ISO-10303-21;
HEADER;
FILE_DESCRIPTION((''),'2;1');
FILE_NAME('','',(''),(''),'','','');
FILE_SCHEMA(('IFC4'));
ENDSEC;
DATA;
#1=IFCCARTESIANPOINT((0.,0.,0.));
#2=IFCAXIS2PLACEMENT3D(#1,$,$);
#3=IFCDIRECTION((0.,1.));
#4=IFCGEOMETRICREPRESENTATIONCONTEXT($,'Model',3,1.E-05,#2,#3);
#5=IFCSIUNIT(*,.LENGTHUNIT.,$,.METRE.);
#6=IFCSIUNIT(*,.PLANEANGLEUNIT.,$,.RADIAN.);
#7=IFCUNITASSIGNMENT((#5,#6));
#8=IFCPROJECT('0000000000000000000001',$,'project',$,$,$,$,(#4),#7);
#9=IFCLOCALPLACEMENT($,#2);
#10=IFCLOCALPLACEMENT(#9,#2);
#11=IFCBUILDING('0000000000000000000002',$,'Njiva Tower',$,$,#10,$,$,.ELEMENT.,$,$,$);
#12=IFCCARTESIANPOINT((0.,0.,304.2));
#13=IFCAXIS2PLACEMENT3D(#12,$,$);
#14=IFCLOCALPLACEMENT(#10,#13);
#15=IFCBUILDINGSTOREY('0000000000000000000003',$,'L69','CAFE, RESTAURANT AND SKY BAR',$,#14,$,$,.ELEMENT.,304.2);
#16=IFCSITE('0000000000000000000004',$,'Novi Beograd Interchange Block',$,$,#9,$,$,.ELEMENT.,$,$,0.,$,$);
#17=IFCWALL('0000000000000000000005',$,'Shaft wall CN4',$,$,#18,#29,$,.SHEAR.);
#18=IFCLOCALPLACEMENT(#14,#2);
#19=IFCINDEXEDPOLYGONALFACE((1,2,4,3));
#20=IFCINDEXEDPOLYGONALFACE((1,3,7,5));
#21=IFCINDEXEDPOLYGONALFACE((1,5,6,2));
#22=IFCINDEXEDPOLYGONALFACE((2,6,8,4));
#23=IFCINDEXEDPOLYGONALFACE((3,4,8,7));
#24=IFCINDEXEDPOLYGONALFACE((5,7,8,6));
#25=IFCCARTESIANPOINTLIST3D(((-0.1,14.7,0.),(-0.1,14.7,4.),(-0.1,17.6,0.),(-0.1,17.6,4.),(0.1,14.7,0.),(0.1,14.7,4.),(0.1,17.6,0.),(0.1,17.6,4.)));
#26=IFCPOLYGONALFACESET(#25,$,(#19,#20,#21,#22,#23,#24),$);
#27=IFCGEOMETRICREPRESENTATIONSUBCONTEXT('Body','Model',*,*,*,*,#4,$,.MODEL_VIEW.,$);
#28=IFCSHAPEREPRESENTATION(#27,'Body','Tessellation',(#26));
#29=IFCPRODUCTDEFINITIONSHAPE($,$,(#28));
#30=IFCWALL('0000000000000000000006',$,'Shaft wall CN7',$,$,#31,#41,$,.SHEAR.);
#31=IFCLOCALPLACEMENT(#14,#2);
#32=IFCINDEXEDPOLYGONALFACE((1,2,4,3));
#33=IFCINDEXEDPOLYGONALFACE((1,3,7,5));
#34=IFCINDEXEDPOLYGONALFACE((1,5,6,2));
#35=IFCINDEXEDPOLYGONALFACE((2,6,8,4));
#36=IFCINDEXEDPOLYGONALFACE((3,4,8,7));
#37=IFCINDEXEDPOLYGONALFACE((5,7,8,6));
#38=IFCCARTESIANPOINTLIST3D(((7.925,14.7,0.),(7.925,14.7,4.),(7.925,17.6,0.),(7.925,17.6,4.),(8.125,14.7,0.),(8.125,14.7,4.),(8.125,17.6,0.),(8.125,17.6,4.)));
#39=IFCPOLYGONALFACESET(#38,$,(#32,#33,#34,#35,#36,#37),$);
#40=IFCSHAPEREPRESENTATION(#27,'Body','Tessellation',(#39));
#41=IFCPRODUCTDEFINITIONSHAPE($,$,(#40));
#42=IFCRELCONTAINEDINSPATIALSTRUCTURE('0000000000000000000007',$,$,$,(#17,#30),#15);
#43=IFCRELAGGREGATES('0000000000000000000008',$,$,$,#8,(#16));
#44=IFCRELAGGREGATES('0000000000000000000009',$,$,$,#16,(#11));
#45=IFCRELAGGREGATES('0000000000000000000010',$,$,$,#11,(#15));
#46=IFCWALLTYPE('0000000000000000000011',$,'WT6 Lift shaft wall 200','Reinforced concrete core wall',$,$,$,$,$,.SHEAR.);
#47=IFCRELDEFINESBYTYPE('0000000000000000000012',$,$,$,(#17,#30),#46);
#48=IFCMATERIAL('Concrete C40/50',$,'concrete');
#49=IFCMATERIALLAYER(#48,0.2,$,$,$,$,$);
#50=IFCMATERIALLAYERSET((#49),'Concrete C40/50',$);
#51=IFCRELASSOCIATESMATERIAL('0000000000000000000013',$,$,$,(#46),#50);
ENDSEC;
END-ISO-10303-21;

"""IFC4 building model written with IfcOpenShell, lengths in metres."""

from ifc_helpers import new_model, si_unit, direction, frame, frame_2d, origin, place, context, subcontext, project, spatial, rectangle, extrude, material, layer, layer_set, type_object, element, save


model = new_model("IFC4")

# Units and contexts
model_context = context("Model", 3, precision=1e-05, world=origin(), true_north=direction((0.0, 1.0)))
body_context = subcontext(model_context, "Body", "Model", "MODEL_VIEW")
ifc_project = project(units=[si_unit("LENGTHUNIT", "METRE"), si_unit("PLANEANGLEUNIT", "RADIAN")], contexts=[model_context])

# Site, building, storey
site_placement = place(None, origin())
site = spatial("IfcSite", under=ifc_project, at=site_placement, Name="Novi Beograd Interchange Block", CompositionType="ELEMENT", RefElevation=0.0)
building_placement = place(site_placement, origin())
building = spatial("IfcBuilding", under=site, at=building_placement, Name="Njiva Tower", CompositionType="ELEMENT")
storey_placement = place(building_placement, frame((0.0, 0.0, 304.2)))
storey = spatial("IfcBuildingStorey", under=building, at=storey_placement, Name="L69", Description="CAFE, RESTAURANT AND SKY BAR", CompositionType="ELEMENT", Elevation=304.2)

# Walls
ifc_material_1 = material(Name="Concrete C40/50", Category="concrete")
ifc_layer_1 = layer(ifc_material_1, 0.2)
ifc_layer_set_1 = layer_set([ifc_layer_1], Name="Concrete C40/50")
wall_type_1 = type_object("IfcWallType", Name="WT6 Lift shaft wall 200", Description="Reinforced concrete core wall", PredefinedType="SHEAR", material=ifc_layer_set_1)
for number, where, z_axis, x_axis, name in (
    (1, (0.0, 14.7, 0.0), (0.0, 0.0, 1.0), (0.0, 1.0, 0.0), "Shaft wall CN4"),
    (2, (8.025, 14.7, 0.0), (0.0, 0.0, 1.0), (0.0, 1.0, 0.0), "Shaft wall CN7"),
):
    element("IfcWall", number, at=place(storey_placement, frame(where, z_axis=z_axis, x_axis=x_axis)), inside=storey, type_object=wall_type_1, Name=name, PredefinedType="SHEAR", context=body_context, shape_type="SweptSolid", body=[
        extrude(rectangle(XDim=2.9, YDim=0.2, at=frame_2d((1.45, 0.0))), origin(), (0.0, 0.0, 1.0), 4.0),
    ])

save(model, "model.ifc")
